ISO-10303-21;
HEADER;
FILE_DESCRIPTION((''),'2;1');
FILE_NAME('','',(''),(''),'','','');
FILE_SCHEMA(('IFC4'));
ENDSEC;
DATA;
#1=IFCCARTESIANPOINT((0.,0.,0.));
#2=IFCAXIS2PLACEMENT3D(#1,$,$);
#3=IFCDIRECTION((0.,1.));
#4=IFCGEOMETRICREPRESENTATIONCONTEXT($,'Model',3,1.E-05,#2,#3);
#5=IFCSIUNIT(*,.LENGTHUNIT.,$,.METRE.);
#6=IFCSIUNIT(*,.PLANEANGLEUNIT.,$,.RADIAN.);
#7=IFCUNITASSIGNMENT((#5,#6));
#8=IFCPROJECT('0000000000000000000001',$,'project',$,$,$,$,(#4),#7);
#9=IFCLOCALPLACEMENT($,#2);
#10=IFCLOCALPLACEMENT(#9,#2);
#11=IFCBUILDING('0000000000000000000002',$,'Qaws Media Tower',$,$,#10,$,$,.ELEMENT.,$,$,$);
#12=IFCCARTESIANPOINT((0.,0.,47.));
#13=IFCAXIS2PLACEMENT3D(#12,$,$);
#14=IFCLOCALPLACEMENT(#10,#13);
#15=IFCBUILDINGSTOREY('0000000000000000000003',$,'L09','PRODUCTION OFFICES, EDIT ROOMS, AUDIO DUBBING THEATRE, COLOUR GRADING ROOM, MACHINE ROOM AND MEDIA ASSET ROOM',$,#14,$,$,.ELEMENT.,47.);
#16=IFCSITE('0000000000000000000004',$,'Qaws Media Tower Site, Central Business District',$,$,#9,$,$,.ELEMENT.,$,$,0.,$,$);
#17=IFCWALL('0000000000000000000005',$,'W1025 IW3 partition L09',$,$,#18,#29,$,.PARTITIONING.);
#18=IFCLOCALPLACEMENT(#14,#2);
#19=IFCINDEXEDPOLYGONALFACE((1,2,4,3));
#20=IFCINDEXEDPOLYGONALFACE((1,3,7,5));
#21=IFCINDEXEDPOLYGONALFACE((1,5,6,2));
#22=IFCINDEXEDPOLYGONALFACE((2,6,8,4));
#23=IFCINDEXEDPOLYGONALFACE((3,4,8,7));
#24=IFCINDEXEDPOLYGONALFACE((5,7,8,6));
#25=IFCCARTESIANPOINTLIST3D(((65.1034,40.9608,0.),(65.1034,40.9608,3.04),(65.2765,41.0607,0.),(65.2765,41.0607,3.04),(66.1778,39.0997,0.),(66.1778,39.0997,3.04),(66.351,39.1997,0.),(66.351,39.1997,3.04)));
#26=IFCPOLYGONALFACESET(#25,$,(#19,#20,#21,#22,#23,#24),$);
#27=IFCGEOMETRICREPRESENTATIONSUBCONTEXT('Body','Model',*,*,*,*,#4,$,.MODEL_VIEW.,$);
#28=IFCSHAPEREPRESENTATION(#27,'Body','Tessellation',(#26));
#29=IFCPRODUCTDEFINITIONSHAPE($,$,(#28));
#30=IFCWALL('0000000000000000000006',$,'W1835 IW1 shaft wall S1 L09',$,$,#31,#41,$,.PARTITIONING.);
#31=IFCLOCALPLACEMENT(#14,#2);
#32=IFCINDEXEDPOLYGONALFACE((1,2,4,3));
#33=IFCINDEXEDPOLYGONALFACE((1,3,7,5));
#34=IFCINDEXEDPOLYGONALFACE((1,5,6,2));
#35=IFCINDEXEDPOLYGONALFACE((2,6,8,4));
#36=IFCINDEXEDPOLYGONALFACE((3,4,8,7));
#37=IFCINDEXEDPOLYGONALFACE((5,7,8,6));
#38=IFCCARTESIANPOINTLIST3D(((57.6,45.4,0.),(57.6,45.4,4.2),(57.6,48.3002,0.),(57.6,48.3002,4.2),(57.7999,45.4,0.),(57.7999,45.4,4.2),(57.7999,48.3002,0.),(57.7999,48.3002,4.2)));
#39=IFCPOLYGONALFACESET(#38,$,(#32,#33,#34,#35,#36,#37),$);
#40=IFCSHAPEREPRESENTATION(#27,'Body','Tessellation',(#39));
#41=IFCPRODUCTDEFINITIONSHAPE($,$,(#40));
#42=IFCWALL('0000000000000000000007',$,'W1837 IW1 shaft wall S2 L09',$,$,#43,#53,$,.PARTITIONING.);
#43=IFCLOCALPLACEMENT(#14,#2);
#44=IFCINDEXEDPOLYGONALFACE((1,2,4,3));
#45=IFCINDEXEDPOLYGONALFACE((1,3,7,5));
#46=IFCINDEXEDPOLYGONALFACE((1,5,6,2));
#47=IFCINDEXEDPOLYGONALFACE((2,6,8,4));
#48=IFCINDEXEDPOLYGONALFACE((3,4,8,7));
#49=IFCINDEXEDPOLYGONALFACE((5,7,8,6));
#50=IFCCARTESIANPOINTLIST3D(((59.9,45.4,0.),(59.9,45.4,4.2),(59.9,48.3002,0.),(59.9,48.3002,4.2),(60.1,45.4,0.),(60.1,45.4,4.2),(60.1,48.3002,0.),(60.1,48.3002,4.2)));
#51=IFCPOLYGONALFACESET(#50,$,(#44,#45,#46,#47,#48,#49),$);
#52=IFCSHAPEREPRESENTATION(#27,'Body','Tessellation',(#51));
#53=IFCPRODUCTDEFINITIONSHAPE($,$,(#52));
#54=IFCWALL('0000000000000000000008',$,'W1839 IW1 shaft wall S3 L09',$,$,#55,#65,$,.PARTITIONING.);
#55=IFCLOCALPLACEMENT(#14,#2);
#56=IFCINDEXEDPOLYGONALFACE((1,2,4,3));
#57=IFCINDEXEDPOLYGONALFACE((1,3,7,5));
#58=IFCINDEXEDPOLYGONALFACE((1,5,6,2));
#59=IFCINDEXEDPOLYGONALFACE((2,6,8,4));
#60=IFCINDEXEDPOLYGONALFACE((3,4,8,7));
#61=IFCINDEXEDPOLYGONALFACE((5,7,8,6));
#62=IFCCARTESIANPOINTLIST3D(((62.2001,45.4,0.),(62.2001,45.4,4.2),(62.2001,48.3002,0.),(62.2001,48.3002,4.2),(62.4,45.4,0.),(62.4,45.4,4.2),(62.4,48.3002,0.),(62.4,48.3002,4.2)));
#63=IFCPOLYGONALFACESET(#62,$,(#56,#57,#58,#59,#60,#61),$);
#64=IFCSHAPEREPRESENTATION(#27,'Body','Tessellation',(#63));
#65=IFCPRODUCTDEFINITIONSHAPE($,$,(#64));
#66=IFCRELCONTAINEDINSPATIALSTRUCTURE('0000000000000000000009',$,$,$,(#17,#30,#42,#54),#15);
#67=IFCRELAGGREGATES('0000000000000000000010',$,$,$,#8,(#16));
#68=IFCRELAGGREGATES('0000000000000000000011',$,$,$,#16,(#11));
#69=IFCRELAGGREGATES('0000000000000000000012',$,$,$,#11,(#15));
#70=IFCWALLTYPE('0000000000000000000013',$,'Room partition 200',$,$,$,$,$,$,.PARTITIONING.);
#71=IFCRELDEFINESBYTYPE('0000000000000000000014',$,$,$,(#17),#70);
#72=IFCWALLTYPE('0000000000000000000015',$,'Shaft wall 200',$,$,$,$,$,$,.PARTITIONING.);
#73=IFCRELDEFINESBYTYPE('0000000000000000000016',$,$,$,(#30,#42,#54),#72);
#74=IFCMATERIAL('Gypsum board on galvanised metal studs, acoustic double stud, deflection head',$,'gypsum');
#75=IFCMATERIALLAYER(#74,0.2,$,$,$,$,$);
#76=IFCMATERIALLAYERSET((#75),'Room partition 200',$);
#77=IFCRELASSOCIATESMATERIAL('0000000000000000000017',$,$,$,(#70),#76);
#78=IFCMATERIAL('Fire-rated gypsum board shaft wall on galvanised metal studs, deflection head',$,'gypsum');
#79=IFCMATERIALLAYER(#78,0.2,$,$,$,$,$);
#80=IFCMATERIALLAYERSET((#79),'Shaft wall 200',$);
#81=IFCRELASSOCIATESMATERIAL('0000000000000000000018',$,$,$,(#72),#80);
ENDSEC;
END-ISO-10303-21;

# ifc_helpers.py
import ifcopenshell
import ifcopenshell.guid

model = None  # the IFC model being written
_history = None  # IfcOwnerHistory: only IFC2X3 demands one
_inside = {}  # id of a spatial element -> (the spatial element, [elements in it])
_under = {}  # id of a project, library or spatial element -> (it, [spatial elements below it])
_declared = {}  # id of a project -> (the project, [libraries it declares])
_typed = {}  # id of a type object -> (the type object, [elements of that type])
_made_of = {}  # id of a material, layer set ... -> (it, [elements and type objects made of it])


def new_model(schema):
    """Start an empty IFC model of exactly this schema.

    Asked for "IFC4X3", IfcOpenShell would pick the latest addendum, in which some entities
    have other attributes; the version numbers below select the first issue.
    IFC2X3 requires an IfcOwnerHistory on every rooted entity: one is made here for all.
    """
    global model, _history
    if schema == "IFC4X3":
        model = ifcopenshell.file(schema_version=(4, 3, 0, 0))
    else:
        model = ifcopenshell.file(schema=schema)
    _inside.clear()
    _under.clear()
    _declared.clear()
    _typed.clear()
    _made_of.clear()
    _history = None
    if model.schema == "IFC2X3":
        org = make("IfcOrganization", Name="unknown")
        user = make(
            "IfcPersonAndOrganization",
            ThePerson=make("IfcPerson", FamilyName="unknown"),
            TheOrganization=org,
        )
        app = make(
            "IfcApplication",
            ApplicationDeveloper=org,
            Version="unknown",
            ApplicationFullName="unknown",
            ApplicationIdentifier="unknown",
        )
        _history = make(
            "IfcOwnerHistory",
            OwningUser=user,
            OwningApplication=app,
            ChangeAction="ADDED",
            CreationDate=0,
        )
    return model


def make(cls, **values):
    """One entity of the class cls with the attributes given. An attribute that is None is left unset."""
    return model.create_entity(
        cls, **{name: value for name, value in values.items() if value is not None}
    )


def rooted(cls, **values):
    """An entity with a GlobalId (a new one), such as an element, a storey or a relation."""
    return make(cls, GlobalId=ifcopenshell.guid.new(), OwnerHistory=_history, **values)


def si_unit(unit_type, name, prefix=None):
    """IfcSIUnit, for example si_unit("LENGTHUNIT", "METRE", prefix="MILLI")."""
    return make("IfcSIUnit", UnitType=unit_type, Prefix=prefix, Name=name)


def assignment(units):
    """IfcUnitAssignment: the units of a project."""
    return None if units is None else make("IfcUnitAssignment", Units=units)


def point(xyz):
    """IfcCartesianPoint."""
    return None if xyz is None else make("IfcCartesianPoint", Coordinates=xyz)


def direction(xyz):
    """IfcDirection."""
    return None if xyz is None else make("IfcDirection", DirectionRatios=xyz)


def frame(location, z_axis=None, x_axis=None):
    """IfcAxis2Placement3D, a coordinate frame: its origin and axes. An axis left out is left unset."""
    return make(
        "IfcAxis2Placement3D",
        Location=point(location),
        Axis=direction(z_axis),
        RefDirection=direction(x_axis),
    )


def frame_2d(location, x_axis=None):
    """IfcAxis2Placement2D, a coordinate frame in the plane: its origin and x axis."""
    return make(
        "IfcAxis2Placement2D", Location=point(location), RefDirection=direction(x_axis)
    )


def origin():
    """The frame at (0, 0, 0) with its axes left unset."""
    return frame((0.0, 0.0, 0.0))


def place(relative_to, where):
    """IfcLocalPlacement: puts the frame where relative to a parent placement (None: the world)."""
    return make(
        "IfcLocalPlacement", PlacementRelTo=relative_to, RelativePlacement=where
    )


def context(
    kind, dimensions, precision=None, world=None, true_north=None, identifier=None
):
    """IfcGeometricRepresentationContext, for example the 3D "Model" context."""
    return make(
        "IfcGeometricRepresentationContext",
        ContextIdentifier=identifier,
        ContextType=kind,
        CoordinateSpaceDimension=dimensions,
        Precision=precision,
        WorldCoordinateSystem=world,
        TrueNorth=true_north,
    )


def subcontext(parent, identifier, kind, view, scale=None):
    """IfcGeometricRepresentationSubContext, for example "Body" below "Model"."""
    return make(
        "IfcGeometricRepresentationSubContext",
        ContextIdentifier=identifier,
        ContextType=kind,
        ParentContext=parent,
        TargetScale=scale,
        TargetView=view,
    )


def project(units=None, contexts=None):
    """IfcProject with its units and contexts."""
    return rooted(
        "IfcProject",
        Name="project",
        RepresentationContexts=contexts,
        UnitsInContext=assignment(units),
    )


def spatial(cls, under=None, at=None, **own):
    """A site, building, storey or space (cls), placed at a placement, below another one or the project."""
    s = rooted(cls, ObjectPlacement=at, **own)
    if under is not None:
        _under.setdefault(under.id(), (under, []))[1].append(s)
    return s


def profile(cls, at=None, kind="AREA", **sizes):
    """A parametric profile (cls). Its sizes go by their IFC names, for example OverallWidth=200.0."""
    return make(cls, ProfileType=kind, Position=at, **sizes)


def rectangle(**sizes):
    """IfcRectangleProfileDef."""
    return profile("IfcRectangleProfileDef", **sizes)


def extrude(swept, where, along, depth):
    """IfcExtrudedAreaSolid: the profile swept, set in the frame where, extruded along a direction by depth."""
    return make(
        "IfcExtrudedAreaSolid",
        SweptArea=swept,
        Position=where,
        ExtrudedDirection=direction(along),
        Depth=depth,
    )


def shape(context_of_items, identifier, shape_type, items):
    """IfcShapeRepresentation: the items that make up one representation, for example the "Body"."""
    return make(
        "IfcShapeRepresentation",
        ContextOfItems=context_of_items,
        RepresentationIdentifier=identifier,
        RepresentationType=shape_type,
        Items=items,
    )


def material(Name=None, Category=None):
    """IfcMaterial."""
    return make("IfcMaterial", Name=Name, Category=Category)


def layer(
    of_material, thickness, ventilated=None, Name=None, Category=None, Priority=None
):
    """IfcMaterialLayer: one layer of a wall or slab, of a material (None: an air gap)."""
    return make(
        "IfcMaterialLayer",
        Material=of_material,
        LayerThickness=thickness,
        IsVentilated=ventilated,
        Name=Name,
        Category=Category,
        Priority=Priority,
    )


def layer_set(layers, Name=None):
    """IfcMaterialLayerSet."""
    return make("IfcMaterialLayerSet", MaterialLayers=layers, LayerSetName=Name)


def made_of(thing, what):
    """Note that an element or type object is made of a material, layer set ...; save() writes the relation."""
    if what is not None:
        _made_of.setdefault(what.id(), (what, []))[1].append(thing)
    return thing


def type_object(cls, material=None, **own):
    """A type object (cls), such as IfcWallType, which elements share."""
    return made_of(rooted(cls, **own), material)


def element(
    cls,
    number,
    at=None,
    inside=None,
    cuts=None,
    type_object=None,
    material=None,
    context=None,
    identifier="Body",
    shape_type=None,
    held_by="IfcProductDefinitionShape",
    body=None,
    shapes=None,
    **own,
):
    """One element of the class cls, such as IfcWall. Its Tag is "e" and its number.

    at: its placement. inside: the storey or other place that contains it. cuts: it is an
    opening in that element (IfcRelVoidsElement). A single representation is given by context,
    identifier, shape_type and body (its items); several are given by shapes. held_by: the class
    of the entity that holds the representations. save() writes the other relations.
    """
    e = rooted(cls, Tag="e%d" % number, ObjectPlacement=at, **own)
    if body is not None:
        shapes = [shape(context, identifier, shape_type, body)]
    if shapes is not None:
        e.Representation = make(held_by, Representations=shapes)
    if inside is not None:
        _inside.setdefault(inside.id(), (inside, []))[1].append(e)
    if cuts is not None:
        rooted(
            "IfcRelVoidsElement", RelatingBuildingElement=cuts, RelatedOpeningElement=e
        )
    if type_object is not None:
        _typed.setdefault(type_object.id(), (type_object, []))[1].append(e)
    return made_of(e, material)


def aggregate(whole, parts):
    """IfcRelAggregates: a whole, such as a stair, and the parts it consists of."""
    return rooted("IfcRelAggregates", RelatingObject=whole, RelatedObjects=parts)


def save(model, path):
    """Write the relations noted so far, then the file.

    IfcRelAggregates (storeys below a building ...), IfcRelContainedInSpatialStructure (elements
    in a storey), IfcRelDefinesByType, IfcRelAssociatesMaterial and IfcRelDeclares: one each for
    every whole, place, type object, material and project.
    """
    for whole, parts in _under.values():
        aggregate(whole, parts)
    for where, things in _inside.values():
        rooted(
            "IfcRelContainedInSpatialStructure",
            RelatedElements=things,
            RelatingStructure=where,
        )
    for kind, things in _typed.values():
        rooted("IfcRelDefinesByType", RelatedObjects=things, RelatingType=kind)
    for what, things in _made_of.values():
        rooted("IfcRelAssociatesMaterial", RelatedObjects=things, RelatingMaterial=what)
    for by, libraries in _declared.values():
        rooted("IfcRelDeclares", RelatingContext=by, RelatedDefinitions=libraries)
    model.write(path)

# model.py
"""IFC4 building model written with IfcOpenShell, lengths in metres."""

from ifc_helpers import new_model, si_unit, direction, frame, frame_2d, origin, place, context, subcontext, project, spatial, rectangle, extrude, material, layer, layer_set, type_object, element, save


model = new_model("IFC4")

# Units and contexts
model_context = context("Model", 3, precision=1e-05, world=origin(), true_north=direction((0.0, 1.0)))
body_context = subcontext(model_context, "Body", "Model", "MODEL_VIEW")
ifc_project = project(units=[si_unit("LENGTHUNIT", "METRE"), si_unit("PLANEANGLEUNIT", "RADIAN")], contexts=[model_context])

# Site, building, storey
site_placement = place(None, origin())
site = spatial("IfcSite", under=ifc_project, at=site_placement, Name="Qaws Media Tower Site, Central Business District", CompositionType="ELEMENT", RefElevation=0.0)
building_placement = place(site_placement, origin())
building = spatial("IfcBuilding", under=site, at=building_placement, Name="Qaws Media Tower", CompositionType="ELEMENT")
storey_placement = place(building_placement, frame((0.0, 0.0, 47.0)))
storey = spatial("IfcBuildingStorey", under=building, at=storey_placement, Name="L09", Description="PRODUCTION OFFICES, EDIT ROOMS, AUDIO DUBBING THEATRE, COLOUR GRADING ROOM, MACHINE ROOM AND MEDIA ASSET ROOM", CompositionType="ELEMENT", Elevation=47.0)

# Shared definitions
ifc_material_1 = material(Name="Gypsum board on galvanised metal studs, acoustic double stud, deflection head", Category="gypsum")
ifc_layer_1 = layer(ifc_material_1, 0.2)
ifc_layer_set_1 = layer_set([ifc_layer_1], Name="Room partition 200")
wall_type_1 = type_object("IfcWallType", Name="Room partition 200", PredefinedType="PARTITIONING", material=ifc_layer_set_1)

# Walls
wall_1_placement = place(storey_placement, frame((65.1899, 41.0107, 0.0), z_axis=(0.0, 0.0, 1.0), x_axis=(0.499988, -0.866032, 0.0)))
element("IfcWall", 1, at=wall_1_placement, inside=storey, type_object=wall_type_1, Name="W1025 IW3 partition L09", PredefinedType="PARTITIONING", context=body_context, shape_type="SweptSolid", body=[
    extrude(rectangle(XDim=2.1489, YDim=0.2, at=frame_2d((1.0745, 0.0))), origin(), (0.0, 0.0, 1.0), 3.04),
])
ifc_material_2 = material(Name="Fire-rated gypsum board shaft wall on galvanised metal studs, deflection head", Category="gypsum")
ifc_layer_2 = layer(ifc_material_2, 0.2)
ifc_layer_set_2 = layer_set([ifc_layer_2], Name="Shaft wall 200")
wall_type_2 = type_object("IfcWallType", Name="Shaft wall 200", PredefinedType="PARTITIONING", material=ifc_layer_set_2)
for number, where, z_axis, x_axis, name in (
    (2, (57.7, 45.3999, 0.0), (0.0, 0.0, 1.0), (0.0, 1.0, 0.0), "W1835 IW1 shaft wall S1 L09"),
    (3, (60.0, 45.3999, 0.0), (0.0, 0.0, 1.0), (0.0, 1.0, 0.0), "W1837 IW1 shaft wall S2 L09"),
    (4, (62.3, 45.3999, 0.0), (0.0, 0.0, 1.0), (0.0, 1.0, 0.0), "W1839 IW1 shaft wall S3 L09"),
):
    element("IfcWall", number, at=place(storey_placement, frame(where, z_axis=z_axis, x_axis=x_axis)), inside=storey, type_object=wall_type_2, Name=name, PredefinedType="PARTITIONING", context=body_context, shape_type="SweptSolid", body=[
        extrude(rectangle(XDim=2.9001, YDim=0.2, at=frame_2d((1.4502, 0.0))), origin(), (0.0, 0.0, 1.0), 4.2),
    ])

save(model, "model.ifc")
